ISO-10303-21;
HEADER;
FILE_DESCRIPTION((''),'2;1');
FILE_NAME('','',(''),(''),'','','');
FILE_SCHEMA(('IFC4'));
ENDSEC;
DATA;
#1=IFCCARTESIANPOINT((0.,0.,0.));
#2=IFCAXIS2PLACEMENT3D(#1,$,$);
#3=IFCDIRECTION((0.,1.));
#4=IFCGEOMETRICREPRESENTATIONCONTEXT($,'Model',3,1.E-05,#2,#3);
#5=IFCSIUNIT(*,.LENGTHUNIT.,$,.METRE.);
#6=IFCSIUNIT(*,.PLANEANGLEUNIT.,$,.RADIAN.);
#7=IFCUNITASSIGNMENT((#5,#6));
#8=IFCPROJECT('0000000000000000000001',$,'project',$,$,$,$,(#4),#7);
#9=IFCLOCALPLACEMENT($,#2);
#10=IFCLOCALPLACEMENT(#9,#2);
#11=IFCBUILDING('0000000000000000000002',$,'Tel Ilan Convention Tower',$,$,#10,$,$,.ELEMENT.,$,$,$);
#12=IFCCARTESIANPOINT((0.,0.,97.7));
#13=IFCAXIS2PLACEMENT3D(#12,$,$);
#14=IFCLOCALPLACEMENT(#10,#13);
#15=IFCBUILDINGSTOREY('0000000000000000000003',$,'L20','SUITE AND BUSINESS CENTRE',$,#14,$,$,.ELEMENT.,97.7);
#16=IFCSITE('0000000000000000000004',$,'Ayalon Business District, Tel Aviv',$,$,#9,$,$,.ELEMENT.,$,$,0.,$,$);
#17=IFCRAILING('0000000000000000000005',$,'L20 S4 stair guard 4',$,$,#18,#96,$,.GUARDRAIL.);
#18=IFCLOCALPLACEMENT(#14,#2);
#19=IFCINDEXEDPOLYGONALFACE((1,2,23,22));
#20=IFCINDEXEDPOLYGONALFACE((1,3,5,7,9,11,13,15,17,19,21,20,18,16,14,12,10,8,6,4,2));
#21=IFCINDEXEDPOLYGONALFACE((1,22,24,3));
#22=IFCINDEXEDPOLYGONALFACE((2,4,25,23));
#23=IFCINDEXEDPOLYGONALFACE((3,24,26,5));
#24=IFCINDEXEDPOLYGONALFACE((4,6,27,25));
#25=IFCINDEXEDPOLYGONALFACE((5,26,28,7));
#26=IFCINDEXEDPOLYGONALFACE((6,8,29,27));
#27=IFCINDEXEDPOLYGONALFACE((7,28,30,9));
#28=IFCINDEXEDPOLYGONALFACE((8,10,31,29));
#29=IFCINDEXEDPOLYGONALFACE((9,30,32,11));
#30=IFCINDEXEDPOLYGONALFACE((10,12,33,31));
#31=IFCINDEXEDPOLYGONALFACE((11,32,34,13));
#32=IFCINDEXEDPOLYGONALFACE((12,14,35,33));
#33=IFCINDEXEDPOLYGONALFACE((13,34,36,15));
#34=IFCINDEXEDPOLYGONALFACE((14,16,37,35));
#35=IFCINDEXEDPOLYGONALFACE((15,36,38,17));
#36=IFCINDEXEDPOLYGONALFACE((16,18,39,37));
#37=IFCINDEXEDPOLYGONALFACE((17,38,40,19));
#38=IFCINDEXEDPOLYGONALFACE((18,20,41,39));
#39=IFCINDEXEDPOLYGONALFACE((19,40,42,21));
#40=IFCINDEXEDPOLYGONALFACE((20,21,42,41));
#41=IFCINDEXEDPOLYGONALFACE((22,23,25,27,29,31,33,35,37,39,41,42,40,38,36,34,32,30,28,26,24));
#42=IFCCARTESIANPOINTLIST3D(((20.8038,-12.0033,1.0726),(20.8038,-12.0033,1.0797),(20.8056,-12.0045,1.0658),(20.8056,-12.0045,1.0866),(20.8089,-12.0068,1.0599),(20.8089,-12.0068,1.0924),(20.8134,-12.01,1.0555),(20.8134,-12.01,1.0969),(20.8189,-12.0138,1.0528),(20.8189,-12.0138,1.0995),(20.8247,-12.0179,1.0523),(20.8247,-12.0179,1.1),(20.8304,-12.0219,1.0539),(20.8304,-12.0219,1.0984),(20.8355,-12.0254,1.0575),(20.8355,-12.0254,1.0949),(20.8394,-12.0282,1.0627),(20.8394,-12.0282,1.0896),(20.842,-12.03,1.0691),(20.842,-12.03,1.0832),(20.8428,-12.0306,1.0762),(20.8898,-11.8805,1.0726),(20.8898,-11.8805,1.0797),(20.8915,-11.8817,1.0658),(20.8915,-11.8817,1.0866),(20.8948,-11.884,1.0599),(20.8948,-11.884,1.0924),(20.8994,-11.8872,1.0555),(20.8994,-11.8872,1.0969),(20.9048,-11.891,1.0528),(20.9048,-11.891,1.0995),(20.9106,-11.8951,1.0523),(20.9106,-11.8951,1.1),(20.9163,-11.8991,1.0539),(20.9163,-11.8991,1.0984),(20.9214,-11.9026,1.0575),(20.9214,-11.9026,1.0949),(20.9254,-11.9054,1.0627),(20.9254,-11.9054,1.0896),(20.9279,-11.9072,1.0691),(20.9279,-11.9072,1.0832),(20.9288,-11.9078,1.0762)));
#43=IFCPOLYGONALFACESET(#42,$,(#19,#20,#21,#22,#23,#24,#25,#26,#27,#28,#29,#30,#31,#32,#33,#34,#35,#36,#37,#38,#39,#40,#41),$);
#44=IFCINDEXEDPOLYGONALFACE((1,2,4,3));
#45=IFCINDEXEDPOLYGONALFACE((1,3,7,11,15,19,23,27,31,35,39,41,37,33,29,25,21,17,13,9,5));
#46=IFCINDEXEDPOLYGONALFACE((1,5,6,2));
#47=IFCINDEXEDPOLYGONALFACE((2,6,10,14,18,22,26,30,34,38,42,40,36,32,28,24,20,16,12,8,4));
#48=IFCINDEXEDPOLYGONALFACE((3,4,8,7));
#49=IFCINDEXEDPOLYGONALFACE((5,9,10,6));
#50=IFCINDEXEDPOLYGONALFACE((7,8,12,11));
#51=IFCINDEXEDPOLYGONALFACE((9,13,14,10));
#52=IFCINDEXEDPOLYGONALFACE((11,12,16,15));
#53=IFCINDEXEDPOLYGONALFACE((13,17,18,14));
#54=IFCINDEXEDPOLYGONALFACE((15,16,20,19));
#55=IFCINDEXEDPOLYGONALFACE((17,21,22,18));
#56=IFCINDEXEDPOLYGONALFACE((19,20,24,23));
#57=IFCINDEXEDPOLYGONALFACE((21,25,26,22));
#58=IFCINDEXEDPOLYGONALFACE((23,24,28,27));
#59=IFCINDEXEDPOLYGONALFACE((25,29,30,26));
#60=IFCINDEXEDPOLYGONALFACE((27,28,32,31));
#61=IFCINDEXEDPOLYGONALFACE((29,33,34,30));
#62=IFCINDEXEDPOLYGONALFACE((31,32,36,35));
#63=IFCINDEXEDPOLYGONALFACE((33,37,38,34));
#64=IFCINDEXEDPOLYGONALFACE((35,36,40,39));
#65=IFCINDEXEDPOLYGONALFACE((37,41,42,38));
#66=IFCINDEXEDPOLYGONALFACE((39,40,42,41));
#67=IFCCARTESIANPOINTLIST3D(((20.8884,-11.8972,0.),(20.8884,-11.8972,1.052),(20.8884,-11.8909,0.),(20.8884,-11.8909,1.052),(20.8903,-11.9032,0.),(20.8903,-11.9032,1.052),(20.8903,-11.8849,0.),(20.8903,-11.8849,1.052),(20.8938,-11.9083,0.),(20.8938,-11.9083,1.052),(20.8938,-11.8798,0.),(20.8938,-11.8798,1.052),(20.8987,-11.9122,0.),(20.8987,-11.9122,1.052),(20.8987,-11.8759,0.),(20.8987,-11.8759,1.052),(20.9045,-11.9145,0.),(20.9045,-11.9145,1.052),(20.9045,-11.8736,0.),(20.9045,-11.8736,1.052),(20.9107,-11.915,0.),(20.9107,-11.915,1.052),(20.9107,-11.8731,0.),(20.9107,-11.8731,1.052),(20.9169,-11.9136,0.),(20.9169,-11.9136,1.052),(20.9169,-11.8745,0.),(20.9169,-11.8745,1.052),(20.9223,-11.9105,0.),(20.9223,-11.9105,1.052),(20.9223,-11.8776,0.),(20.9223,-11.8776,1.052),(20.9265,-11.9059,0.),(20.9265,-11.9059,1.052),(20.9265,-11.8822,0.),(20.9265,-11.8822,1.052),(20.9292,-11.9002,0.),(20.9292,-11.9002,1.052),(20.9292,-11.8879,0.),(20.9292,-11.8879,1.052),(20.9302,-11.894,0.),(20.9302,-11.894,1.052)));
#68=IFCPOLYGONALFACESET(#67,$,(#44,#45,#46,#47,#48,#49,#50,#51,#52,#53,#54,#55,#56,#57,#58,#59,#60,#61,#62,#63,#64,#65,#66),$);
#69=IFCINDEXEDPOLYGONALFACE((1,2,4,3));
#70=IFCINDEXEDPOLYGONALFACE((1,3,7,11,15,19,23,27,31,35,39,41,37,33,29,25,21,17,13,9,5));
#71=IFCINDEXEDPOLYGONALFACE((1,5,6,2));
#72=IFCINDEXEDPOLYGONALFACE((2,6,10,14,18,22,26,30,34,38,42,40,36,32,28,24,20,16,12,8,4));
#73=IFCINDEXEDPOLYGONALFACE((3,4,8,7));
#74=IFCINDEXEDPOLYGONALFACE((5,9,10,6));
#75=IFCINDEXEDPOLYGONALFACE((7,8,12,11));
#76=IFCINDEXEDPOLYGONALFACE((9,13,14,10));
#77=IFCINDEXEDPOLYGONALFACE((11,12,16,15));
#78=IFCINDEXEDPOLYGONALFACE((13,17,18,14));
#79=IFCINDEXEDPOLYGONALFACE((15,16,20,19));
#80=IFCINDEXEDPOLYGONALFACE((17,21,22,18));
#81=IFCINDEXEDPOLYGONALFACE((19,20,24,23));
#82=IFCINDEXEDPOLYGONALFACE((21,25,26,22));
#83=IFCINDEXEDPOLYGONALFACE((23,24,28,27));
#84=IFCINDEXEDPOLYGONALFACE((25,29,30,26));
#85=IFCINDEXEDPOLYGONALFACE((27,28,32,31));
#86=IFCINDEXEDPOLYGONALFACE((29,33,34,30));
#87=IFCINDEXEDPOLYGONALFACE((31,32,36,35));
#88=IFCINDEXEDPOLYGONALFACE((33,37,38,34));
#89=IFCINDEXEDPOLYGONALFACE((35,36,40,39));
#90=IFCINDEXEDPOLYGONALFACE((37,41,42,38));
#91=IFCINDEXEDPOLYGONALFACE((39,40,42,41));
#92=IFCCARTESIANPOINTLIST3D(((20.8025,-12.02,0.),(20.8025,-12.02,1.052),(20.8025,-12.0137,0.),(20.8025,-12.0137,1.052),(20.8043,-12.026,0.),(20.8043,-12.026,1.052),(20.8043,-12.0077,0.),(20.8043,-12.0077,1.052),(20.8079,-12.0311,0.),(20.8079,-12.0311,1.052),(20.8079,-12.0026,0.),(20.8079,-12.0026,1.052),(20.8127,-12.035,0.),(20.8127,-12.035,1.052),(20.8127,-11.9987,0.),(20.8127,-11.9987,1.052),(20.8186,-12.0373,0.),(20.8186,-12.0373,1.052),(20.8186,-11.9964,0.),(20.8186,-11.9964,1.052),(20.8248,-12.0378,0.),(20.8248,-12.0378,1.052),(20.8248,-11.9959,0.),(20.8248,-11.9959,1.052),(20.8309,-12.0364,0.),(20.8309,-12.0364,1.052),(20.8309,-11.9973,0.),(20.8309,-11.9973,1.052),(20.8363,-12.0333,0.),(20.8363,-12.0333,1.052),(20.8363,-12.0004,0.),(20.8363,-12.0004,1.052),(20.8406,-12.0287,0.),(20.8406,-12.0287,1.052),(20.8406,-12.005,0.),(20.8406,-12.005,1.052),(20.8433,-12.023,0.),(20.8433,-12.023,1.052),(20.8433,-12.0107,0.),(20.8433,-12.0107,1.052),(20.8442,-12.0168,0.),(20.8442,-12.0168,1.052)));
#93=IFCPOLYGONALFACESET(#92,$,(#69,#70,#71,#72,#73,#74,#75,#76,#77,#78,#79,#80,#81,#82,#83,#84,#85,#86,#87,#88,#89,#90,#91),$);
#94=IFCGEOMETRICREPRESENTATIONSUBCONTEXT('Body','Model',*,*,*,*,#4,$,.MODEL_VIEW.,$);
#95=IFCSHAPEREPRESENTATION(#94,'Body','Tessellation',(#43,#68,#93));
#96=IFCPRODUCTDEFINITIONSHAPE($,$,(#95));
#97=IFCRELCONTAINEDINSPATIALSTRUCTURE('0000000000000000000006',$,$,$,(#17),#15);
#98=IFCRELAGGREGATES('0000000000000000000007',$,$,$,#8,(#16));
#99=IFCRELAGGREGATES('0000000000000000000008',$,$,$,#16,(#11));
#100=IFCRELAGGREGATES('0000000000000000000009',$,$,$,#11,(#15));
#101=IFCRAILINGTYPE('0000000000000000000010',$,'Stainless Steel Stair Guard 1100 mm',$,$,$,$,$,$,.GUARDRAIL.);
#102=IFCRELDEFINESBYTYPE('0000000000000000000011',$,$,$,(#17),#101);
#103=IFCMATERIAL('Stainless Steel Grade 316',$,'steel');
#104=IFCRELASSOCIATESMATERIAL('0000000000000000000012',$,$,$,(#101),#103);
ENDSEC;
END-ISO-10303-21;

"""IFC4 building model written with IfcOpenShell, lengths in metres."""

from ifc_helpers import new_model, si_unit, direction, frame, origin, origin_2d, place, context, subcontext, project, spatial, circle, extrude, material, type_object, element, save


model = new_model("IFC4")

# Units and contexts
model_context = context("Model", 3, precision=1e-05, world=origin(), true_north=direction((0.0, 1.0)))
body_context = subcontext(model_context, "Body", "Model", "MODEL_VIEW")
ifc_project = project(units=[si_unit("LENGTHUNIT", "METRE"), si_unit("PLANEANGLEUNIT", "RADIAN")], contexts=[model_context])

# Site, building, storey
site_placement = place(None, origin())
site = spatial("IfcSite", under=ifc_project, at=site_placement, Name="Ayalon Business District, Tel Aviv", CompositionType="ELEMENT", RefElevation=0.0)
building_placement = place(site_placement, origin())
building = spatial("IfcBuilding", under=site, at=building_placement, Name="Tel Ilan Convention Tower", CompositionType="ELEMENT")
storey_placement = place(building_placement, frame((0.0, 0.0, 97.7)))
storey = spatial("IfcBuildingStorey", under=building, at=storey_placement, Name="L20", Description="SUITE AND BUSINESS CENTRE", CompositionType="ELEMENT", Elevation=97.7)

# Railing
ifc_material_1 = material(Name="Stainless Steel Grade 316", Category="steel")
railing_type_1 = type_object("IfcRailingType", Name="Stainless Steel Stair Guard 1100 mm", PredefinedType="GUARDRAIL", material=ifc_material_1)
railing_1_placement = place(storey_placement, frame((20.9092, -11.894, 0.0)))
element("IfcRailing", 1, at=railing_1_placement, inside=storey, type_object=railing_type_1, Name="L20 S4 stair guard 4", PredefinedType="GUARDRAIL", context=body_context, shape_type="SweptSolid", body=[
    extrude(circle(Radius=0.0239, at=origin_2d()), frame((0.0, 0.0, 1.0762), z_axis=(-0.573353, -0.819308, 0.0), x_axis=(0.819308, -0.573353, 0.0)), (0.0, 0.0, 1.0), 0.1499),
    extrude(circle(Radius=0.021, at=origin_2d()), origin(), (0.0, 0.0, 1.0), 1.052),
    extrude(circle(Radius=0.021, at=origin_2d()), frame((-0.0859, -0.1228, 0.0)), (0.0, 0.0, 1.0), 1.052),
])

save(model, "model.ifc")
